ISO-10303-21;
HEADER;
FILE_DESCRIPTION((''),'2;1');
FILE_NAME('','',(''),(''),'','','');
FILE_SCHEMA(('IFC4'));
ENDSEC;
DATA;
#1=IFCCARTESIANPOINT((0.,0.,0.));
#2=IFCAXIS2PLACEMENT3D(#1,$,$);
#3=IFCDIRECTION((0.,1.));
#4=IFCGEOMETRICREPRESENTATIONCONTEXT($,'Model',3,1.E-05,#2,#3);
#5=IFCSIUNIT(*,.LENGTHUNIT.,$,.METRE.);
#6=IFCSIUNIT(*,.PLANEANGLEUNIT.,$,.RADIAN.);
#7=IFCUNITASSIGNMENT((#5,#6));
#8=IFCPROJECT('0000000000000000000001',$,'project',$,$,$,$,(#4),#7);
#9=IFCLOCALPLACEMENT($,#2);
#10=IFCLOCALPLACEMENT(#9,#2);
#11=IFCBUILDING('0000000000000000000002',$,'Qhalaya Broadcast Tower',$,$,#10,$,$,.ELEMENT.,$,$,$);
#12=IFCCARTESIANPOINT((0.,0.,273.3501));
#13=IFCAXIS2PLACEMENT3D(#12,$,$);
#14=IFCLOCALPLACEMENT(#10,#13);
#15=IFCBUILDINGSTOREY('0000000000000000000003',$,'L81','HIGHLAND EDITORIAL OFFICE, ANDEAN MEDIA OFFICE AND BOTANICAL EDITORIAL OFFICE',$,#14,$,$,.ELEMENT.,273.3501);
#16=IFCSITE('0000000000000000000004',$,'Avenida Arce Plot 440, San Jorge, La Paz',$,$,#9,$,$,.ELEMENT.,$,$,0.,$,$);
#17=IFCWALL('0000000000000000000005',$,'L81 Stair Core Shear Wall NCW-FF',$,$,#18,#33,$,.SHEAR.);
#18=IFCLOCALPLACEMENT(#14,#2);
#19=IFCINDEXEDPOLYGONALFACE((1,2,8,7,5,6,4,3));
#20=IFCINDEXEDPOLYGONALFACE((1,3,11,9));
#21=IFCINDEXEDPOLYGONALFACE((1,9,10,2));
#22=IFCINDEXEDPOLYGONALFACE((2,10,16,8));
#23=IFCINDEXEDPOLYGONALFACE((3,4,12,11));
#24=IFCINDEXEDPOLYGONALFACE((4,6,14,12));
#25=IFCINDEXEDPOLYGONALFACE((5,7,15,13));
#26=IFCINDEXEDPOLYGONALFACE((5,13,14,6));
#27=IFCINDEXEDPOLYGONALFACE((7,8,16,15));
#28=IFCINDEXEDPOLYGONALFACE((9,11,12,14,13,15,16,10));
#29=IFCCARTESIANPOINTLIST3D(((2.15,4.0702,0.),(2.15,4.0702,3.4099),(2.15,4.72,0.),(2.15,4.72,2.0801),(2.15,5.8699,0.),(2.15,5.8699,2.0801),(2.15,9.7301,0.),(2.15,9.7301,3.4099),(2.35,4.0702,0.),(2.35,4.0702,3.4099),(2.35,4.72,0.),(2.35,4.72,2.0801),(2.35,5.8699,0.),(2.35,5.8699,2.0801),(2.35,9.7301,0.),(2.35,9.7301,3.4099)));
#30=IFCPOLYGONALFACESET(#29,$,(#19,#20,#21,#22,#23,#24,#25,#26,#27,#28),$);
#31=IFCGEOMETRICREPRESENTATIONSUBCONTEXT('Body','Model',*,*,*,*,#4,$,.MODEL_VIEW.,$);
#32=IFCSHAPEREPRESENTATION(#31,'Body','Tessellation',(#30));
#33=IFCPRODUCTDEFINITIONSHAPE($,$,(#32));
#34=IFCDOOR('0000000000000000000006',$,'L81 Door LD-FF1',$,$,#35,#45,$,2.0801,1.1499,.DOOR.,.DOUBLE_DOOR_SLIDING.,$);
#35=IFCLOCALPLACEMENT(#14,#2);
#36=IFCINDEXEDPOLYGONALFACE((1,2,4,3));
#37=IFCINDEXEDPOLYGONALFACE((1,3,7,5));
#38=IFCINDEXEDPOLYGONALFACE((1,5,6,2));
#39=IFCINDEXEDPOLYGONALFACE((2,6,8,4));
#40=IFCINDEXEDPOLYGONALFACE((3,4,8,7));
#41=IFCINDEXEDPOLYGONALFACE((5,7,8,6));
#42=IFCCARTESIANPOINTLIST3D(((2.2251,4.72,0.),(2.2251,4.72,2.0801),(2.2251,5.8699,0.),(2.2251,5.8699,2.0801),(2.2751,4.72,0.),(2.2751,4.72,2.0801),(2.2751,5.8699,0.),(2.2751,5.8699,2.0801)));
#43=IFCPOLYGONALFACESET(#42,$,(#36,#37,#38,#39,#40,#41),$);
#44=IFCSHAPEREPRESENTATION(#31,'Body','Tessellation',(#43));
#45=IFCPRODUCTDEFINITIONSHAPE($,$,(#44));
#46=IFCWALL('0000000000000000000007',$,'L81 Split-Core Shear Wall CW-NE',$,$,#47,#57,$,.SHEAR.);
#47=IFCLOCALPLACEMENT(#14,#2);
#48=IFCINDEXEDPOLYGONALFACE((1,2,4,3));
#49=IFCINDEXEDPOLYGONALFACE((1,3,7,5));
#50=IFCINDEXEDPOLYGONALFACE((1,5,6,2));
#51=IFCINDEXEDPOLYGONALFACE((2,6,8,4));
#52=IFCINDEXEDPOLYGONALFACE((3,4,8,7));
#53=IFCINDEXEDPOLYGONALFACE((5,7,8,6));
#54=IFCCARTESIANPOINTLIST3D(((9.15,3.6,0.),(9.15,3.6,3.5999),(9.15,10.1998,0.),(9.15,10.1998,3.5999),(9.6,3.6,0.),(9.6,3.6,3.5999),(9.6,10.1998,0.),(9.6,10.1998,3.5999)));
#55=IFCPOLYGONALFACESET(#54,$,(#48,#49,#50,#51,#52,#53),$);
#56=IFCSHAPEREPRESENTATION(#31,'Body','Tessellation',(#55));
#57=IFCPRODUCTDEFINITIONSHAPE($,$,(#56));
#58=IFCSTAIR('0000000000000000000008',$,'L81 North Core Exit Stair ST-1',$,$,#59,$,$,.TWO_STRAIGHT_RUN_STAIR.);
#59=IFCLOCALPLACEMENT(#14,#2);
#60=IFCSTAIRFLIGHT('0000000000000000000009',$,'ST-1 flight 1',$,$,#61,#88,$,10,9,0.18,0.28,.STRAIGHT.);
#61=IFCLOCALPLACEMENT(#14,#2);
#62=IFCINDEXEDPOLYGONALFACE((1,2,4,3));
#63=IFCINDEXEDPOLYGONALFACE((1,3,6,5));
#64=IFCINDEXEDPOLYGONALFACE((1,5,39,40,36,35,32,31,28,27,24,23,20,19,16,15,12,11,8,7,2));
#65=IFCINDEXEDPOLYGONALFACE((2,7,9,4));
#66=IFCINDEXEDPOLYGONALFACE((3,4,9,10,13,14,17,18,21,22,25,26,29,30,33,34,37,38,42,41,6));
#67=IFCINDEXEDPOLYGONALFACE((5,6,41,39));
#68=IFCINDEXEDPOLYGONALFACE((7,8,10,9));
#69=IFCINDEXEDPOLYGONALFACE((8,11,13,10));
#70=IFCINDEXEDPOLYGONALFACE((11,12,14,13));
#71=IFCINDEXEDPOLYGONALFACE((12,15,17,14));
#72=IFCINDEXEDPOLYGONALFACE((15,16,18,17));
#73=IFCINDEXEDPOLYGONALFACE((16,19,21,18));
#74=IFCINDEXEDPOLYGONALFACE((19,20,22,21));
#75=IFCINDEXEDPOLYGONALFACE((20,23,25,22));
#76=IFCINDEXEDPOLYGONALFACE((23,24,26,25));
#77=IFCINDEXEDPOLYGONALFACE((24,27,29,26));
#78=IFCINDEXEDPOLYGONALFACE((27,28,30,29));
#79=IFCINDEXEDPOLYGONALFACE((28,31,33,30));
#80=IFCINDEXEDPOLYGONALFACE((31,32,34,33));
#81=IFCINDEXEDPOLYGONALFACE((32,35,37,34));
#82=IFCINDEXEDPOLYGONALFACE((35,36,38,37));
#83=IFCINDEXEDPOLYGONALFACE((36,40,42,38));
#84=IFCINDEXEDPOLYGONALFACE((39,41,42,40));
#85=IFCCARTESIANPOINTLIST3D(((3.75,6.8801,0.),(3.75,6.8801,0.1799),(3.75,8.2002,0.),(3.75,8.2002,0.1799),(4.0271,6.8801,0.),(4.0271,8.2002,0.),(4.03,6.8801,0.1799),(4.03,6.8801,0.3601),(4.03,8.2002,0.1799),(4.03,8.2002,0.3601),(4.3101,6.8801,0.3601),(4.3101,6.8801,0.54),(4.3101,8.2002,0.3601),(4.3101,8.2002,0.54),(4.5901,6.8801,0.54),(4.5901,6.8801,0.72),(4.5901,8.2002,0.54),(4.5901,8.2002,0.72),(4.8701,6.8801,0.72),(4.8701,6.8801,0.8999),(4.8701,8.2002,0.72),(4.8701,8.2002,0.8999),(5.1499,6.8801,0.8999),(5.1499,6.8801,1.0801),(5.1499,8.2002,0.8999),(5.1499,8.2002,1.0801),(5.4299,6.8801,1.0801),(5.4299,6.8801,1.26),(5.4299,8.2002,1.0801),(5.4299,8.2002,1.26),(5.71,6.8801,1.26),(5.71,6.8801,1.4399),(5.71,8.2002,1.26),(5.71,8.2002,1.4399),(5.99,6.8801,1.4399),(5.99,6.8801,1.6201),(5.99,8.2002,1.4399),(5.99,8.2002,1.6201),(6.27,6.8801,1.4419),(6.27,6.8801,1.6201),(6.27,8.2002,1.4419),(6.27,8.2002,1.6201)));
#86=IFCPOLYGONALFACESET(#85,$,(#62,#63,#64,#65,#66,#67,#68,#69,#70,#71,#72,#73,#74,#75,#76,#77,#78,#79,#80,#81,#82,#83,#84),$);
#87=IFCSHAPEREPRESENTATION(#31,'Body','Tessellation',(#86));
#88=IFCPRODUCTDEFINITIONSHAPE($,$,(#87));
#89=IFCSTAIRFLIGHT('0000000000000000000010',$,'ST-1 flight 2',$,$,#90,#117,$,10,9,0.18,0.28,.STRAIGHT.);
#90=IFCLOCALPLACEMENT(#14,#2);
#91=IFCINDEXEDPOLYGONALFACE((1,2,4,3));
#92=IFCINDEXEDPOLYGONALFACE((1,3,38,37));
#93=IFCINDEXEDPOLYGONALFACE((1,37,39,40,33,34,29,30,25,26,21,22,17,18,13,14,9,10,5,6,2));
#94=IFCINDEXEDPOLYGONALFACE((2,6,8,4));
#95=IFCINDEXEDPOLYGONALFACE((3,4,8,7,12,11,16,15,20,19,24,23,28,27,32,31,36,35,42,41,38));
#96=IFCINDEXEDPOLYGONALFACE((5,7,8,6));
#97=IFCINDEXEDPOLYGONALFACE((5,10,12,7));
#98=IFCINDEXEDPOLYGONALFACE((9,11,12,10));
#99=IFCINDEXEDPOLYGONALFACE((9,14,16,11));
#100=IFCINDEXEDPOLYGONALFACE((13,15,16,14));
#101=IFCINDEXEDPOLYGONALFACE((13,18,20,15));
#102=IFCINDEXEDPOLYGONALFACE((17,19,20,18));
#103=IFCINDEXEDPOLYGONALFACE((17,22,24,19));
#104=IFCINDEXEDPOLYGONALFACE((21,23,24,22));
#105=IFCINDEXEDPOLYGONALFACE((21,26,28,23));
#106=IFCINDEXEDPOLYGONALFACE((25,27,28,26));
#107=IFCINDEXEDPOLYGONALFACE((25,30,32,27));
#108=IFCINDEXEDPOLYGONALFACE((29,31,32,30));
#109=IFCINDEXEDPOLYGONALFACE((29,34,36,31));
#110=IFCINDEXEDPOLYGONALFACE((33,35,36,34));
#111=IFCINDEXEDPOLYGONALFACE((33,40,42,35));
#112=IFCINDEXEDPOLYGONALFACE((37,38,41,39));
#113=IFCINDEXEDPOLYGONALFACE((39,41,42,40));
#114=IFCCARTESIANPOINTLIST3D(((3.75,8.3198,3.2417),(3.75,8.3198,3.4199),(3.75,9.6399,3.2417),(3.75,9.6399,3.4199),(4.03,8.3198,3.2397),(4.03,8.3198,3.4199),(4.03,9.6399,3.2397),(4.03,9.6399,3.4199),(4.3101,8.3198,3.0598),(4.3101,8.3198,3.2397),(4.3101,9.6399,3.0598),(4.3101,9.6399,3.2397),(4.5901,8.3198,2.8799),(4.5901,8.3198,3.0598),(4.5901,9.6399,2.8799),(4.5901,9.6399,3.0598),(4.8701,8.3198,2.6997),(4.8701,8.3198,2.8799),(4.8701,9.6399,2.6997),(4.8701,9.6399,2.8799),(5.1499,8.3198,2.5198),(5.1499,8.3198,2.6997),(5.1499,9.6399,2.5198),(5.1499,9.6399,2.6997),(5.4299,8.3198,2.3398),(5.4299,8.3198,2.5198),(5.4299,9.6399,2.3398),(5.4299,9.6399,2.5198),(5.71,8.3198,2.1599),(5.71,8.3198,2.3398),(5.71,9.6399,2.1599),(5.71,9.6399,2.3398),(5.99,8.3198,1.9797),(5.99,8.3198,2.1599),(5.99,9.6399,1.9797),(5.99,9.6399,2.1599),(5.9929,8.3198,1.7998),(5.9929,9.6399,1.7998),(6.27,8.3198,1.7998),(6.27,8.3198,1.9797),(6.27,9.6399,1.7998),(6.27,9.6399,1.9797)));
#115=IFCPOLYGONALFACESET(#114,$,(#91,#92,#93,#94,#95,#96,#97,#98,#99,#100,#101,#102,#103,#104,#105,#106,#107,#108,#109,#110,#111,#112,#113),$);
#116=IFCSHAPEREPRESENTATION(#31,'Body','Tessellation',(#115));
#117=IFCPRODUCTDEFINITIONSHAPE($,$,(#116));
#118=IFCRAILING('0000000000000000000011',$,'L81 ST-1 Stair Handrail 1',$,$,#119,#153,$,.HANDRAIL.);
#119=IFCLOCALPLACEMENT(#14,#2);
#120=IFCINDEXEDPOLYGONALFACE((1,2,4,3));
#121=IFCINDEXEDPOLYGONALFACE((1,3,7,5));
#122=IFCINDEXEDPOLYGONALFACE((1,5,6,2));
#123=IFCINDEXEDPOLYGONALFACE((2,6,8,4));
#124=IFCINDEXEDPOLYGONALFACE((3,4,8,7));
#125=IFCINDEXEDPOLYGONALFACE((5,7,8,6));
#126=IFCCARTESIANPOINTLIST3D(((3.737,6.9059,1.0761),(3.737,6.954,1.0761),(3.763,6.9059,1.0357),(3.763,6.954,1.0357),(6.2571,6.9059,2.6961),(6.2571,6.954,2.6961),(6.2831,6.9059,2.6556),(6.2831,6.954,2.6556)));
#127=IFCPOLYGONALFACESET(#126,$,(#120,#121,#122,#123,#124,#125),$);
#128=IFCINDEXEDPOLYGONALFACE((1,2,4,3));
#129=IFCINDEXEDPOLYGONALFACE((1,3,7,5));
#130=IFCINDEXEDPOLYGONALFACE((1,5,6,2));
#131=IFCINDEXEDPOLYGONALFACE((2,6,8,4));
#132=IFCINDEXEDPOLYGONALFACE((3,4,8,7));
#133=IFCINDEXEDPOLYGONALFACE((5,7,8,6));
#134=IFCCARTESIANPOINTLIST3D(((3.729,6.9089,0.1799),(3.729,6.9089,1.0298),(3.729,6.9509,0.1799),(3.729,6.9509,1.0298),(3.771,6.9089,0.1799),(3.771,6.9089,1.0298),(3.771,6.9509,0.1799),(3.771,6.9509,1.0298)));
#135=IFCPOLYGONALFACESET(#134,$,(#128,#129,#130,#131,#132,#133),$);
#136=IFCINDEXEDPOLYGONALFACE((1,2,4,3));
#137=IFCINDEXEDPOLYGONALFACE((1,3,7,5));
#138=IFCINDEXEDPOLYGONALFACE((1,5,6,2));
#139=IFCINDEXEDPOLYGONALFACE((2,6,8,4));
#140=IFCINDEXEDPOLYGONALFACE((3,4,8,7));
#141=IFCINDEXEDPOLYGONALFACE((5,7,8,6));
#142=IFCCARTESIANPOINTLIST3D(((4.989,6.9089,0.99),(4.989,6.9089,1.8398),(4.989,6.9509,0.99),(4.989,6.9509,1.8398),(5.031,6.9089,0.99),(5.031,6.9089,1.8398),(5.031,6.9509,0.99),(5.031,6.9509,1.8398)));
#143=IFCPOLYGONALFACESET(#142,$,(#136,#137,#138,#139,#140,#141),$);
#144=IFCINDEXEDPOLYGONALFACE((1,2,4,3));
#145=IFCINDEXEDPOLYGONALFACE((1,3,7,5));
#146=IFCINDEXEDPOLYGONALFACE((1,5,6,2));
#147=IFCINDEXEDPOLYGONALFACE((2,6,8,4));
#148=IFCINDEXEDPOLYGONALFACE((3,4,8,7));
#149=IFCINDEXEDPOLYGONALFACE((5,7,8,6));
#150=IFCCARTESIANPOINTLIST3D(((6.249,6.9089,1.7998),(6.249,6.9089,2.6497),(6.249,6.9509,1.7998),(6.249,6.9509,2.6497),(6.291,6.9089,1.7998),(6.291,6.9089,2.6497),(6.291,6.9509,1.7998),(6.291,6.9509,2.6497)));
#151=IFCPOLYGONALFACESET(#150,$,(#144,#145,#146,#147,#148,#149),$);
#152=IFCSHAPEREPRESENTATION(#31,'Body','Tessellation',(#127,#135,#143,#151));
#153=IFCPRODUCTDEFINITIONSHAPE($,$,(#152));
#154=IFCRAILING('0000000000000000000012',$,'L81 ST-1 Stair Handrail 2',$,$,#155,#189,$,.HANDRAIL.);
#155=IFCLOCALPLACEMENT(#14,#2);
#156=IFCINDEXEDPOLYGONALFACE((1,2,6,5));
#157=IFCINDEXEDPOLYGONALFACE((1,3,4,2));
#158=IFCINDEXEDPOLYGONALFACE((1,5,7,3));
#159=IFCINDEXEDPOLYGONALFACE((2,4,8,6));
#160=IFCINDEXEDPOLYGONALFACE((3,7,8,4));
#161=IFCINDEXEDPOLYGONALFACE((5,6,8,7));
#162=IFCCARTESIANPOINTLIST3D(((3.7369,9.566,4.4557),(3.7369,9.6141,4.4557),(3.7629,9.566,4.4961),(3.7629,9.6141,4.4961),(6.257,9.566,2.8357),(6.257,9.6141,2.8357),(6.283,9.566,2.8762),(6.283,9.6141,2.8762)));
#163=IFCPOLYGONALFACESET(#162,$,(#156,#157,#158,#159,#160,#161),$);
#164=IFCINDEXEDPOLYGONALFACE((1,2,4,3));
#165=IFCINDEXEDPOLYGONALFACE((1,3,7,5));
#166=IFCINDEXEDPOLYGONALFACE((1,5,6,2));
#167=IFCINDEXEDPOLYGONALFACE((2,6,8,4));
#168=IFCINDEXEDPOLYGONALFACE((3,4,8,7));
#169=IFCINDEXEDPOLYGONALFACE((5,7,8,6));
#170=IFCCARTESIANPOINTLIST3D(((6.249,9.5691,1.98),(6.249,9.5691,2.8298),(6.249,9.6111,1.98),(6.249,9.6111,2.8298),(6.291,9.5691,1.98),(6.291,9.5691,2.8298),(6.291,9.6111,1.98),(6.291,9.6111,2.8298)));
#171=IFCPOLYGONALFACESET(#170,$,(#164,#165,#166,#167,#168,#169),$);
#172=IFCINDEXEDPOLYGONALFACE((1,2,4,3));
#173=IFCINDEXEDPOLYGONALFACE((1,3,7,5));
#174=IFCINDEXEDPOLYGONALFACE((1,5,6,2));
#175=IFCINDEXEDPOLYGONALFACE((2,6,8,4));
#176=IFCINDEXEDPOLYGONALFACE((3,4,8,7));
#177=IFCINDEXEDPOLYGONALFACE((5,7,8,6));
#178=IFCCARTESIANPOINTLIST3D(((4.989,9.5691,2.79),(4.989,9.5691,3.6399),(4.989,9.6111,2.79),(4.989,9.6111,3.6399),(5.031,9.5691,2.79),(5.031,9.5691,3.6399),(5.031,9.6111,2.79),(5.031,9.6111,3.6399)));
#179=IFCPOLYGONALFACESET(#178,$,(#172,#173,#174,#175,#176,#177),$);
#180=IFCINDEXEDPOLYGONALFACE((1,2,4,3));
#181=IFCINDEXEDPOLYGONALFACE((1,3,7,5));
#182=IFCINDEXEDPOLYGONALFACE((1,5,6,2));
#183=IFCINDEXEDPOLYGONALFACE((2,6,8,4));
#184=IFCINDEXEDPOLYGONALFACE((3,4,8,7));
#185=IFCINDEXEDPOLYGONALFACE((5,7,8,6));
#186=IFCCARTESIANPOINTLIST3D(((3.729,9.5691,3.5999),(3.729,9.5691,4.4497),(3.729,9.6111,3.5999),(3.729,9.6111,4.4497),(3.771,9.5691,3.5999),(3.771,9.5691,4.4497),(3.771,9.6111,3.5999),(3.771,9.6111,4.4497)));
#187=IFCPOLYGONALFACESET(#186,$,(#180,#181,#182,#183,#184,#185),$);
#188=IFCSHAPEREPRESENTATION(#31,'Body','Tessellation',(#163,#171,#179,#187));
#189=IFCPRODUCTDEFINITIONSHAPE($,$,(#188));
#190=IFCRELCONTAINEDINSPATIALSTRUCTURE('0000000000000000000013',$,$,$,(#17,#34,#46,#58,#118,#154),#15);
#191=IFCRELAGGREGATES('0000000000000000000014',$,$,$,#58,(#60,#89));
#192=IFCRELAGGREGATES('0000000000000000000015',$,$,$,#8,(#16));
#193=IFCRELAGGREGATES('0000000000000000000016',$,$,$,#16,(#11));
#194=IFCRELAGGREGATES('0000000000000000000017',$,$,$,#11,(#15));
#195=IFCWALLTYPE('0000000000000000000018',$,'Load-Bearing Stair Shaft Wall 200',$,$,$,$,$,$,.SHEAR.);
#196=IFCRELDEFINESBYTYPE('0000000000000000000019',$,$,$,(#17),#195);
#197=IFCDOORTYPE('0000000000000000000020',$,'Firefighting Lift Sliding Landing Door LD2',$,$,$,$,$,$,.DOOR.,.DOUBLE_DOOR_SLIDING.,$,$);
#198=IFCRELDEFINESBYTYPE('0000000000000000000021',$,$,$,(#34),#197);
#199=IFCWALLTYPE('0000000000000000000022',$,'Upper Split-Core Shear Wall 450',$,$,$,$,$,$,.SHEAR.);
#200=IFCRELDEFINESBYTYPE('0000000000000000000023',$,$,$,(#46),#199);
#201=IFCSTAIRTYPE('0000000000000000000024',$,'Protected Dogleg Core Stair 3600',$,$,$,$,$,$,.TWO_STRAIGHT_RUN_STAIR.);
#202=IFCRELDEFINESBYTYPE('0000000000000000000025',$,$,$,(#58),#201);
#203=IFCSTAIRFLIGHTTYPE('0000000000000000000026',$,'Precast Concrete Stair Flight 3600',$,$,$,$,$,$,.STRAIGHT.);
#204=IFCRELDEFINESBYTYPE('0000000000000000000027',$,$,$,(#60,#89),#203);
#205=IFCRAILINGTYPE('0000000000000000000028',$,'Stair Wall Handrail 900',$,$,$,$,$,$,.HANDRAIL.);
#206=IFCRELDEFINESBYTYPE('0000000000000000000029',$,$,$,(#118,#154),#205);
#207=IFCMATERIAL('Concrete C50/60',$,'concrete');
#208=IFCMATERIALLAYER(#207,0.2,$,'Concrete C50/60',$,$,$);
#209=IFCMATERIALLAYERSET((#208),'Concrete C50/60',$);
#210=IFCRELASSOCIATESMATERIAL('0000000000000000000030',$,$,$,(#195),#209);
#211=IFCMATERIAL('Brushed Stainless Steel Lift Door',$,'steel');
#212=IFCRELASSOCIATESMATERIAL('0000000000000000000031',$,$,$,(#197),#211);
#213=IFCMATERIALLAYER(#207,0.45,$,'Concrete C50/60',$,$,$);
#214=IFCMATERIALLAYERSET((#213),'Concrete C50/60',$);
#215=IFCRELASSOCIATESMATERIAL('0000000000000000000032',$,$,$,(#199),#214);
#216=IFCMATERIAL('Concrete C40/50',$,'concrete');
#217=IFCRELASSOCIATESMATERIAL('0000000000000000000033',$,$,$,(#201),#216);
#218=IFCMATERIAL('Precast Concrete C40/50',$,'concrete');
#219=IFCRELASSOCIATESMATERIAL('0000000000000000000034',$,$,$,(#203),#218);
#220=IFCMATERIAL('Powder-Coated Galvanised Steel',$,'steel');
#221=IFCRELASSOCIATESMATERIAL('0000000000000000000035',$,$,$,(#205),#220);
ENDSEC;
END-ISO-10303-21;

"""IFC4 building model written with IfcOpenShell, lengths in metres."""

from ifc_helpers import new_model, si_unit, direction, frame, frame_2d, origin, origin_2d, place, context, subcontext, project, spatial, polyline, rectangle, outline, extrude, material, layer, layer_set, type_object, element, fill, aggregate, save


model = new_model("IFC4")

# Units and contexts
model_context = context("Model", 3, precision=1e-05, world=origin(), true_north=direction((0.0, 1.0)))
body_context = subcontext(model_context, "Body", "Model", "MODEL_VIEW")
ifc_project = project(units=[si_unit("LENGTHUNIT", "METRE"), si_unit("PLANEANGLEUNIT", "RADIAN")], contexts=[model_context])

# Site, building, storey
site_placement = place(None, origin())
site = spatial("IfcSite", under=ifc_project, at=site_placement, Name="Avenida Arce Plot 440, San Jorge, La Paz", CompositionType="ELEMENT", RefElevation=0.0)
building_placement = place(site_placement, origin())
building = spatial("IfcBuilding", under=site, at=building_placement, Name="Qhalaya Broadcast Tower", CompositionType="ELEMENT")
storey_placement = place(building_placement, frame((0.0, 0.0, 273.3501)))
storey = spatial("IfcBuildingStorey", under=building, at=storey_placement, Name="L81", Description="HIGHLAND EDITORIAL OFFICE, ANDEAN MEDIA OFFICE AND BOTANICAL EDITORIAL OFFICE", CompositionType="ELEMENT", Elevation=273.3501)

# Shared definitions
ifc_material_1 = material(Name="Concrete C50/60", Category="concrete")

# Wall, opening, door
ifc_layer_1 = layer(ifc_material_1, 0.2, Name="Concrete C50/60")
ifc_layer_set_1 = layer_set([ifc_layer_1], Name="Concrete C50/60")
wall_type_1 = type_object("IfcWallType", Name="Load-Bearing Stair Shaft Wall 200", PredefinedType="SHEAR", material=ifc_layer_set_1)
wall_1_placement = place(storey_placement, frame((2.25, 4.0701, 0.0), z_axis=(0.0, 0.0, 1.0), x_axis=(0.0, 1.0, 0.0)))
wall_1 = element("IfcWall", 1, at=wall_1_placement, inside=storey, type_object=wall_type_1, Name="L81 Stair Core Shear Wall NCW-FF", PredefinedType="SHEAR", context=body_context, shape_type="SweptSolid", body=[
    extrude(rectangle(XDim=5.6599, YDim=0.2, at=frame_2d((2.8301, 0.0))), origin(), (0.0, 0.0, 1.0), 3.4099),
])
opening_1_placement = place(wall_1_placement, frame((0.6499, 0.0, 0.0)))
opening_1 = element("IfcOpeningElement", 2, at=opening_1_placement, cuts=wall_1, PredefinedType="OPENING", context=body_context, shape_type="SweptSolid", body=[
    extrude(rectangle(XDim=1.1499, YDim=2.0801, at=frame_2d((0.575, 1.04))), frame((0.0, 0.1121, 0.0), z_axis=(0.0, -1.0, 0.0), x_axis=(1.0, 0.0, 0.0)), (0.0, 0.0, 1.0), 0.2239),
])
ifc_material_2 = material(Name="Brushed Stainless Steel Lift Door", Category="steel")
door_type_1 = type_object("IfcDoorType", Name="Firefighting Lift Sliding Landing Door LD2", OperationType="DOUBLE_DOOR_SLIDING", PredefinedType="DOOR", material=ifc_material_2)
door_1_placement = place(opening_1_placement, origin())
door_1 = element("IfcDoor", 3, at=door_1_placement, inside=storey, type_object=door_type_1, Name="L81 Door LD-FF1", OperationType="DOUBLE_DOOR_SLIDING", OverallHeight=2.0801, OverallWidth=1.1499, PredefinedType="DOOR", context=body_context, shape_type="SweptSolid", body=[
    extrude(rectangle(XDim=1.1499, YDim=2.0801, at=frame_2d((0.575, 1.04))), frame((0.0, 0.0249, 0.0), z_axis=(0.0, -1.0, 0.0), x_axis=(1.0, 0.0, 0.0)), (0.0, 0.0, 1.0), 0.05),
])
fill(opening_1, door_1)

# Wall
ifc_layer_2 = layer(ifc_material_1, 0.45, Name="Concrete C50/60")
ifc_layer_set_2 = layer_set([ifc_layer_2], Name="Concrete C50/60")
wall_type_2 = type_object("IfcWallType", Name="Upper Split-Core Shear Wall 450", PredefinedType="SHEAR", material=ifc_layer_set_2)
wall_2_placement = place(storey_placement, frame((9.375, 3.6001, 0.0), z_axis=(0.0, 0.0, 1.0), x_axis=(0.0, 1.0, 0.0)))
element("IfcWall", 4, at=wall_2_placement, inside=storey, type_object=wall_type_2, Name="L81 Split-Core Shear Wall CW-NE", PredefinedType="SHEAR", context=body_context, shape_type="SweptSolid", body=[
    extrude(rectangle(XDim=6.5999, YDim=0.45, at=frame_2d((3.2998, 0.0))), origin(), (0.0, 0.0, 1.0), 3.5999),
])

# Stair, stair flights
ifc_material_3 = material(Name="Concrete C40/50", Category="concrete")
stair_type = type_object("IfcStairType", Name="Protected Dogleg Core Stair 3600", PredefinedType="TWO_STRAIGHT_RUN_STAIR", material=ifc_material_3)
stair_placement = place(storey_placement, origin())
stair = element("IfcStair", 5, at=stair_placement, inside=storey, type_object=stair_type, Name="L81 North Core Exit Stair ST-1", PredefinedType="TWO_STRAIGHT_RUN_STAIR")
ifc_material_4 = material(Name="Precast Concrete C40/50", Category="concrete")
stair_flight_type = type_object("IfcStairFlightType", Name="Precast Concrete Stair Flight 3600", PredefinedType="STRAIGHT", material=ifc_material_4)
stair_flight_1_placement = place(storey_placement, frame((3.75, 7.54, 0.0), z_axis=(0.0, 0.0, 1.0), x_axis=(1.0, 0.0, 0.0)))
stair_flight_1 = element("IfcStairFlight", 6, at=stair_flight_1_placement, type_object=stair_flight_type, Name="ST-1 flight 1", NumberOfRisers=10, NumberOfTreads=9, PredefinedType="STRAIGHT", RiserHeight=0.18, TreadLength=0.28, context=body_context, shape_type="SweptSolid", body=[
    extrude(outline(polyline([(0.0, 0.0), (0.0, 0.1799), (0.28, 0.1799), (0.28, 0.3601), (0.5601, 0.3601), (0.5601, 0.54), (0.8401, 0.54), (0.8401, 0.72), (1.1201, 0.72), (1.1201, 0.8999), (1.3999, 0.8999), (1.3999, 1.0801), (1.6799, 1.0801), (1.6799, 1.26), (1.96, 1.26), (1.96, 1.4399), (2.24, 1.4399), (2.24, 1.6201), (2.52, 1.6201), (2.52, 1.8), (2.52, 1.4419), (0.2771, 0.0), (0.0, 0.0)])), frame((0.0, 0.6602, 0.0), z_axis=(0.0, -1.0, 0.0), x_axis=(1.0, 0.0, 0.0)), (0.0, 0.0, 1.0), 1.3201),
])
stair_flight_2_placement = place(storey_placement, frame((6.27, 8.98, 1.7998), z_axis=(0.0, 0.0, 1.0), x_axis=(-1.0, 0.0, 0.0)))
stair_flight_2 = element("IfcStairFlight", 7, at=stair_flight_2_placement, type_object=stair_flight_type, Name="ST-1 flight 2", NumberOfRisers=10, NumberOfTreads=9, PredefinedType="STRAIGHT", RiserHeight=0.18, TreadLength=0.28, context=body_context, shape_type="SweptSolid", body=[
    extrude(outline(polyline([(0.0, 0.0), (0.0, 0.1799), (0.28, 0.1799), (0.28, 0.3601), (0.5601, 0.3601), (0.5601, 0.54), (0.8401, 0.54), (0.8401, 0.72), (1.1201, 0.72), (1.1201, 0.8999), (1.3999, 0.8999), (1.3999, 1.0801), (1.6799, 1.0801), (1.6799, 1.26), (1.96, 1.26), (1.96, 1.4399), (2.24, 1.4399), (2.24, 1.6201), (2.52, 1.6201), (2.52, 1.8), (2.52, 1.4419), (0.2771, 0.0), (0.0, 0.0)])), frame((0.0, 0.6602, 0.0), z_axis=(0.0, -1.0, 0.0), x_axis=(1.0, 0.0, 0.0)), (0.0, 0.0, 1.0), 1.3201),
])
aggregate(stair, [stair_flight_1, stair_flight_2])

# Railings
ifc_material_5 = material(Name="Powder-Coated Galvanised Steel", Category="steel")
railing_type_1 = type_object("IfcRailingType", Name="Stair Wall Handrail 900", PredefinedType="HANDRAIL", material=ifc_material_5)
railing_1_placement = place(storey_placement, frame((3.75, 6.9299, 0.1799)))
element("IfcRailing", 8, at=railing_1_placement, inside=storey, type_object=railing_type_1, Name="L81 ST-1 Stair Handrail 1", PredefinedType="HANDRAIL", context=body_context, shape_type="SweptSolid", body=[
    extrude(rectangle(XDim=0.0481, YDim=0.0481, at=origin_2d()), frame((0.0, 0.0, 0.876), z_axis=(0.8412, 0.0, 0.540725), x_axis=(0.0, 1.0, 0.0)), (0.0, 0.0, 1.0), 2.9958),
    extrude(rectangle(XDim=0.042, YDim=0.042, at=origin_2d()), origin(), (0.0, 0.0, 1.0), 0.8499),
    extrude(rectangle(XDim=0.042, YDim=0.042, at=origin_2d()), frame((1.26, 0.0, 0.8101)), (0.0, 0.0, 1.0), 0.8499),
    extrude(rectangle(XDim=0.042, YDim=0.042, at=origin_2d()), frame((2.52, 0.0, 1.6199)), (0.0, 0.0, 1.0), 0.8499),
])
railing_2_placement = place(storey_placement, frame((6.27, 9.5901, 1.98)))
element("IfcRailing", 9, at=railing_2_placement, inside=storey, type_object=railing_type_1, Name="L81 ST-1 Stair Handrail 2", PredefinedType="HANDRAIL", context=body_context, shape_type="SweptSolid", body=[
    extrude(rectangle(XDim=0.0481, YDim=0.0481, at=origin_2d()), frame((0.0, 0.0, 0.876), z_axis=(-0.8412, 0.0, 0.540725), x_axis=(0.0, -1.0, 0.0)), (0.0, 0.0, 1.0), 2.9958),
    extrude(rectangle(XDim=0.042, YDim=0.042, at=origin_2d()), origin(), (0.0, 0.0, 1.0), 0.8499),
    extrude(rectangle(XDim=0.042, YDim=0.042, at=origin_2d()), frame((-1.26, 0.0, 0.8101)), (0.0, 0.0, 1.0), 0.8499),
    extrude(rectangle(XDim=0.042, YDim=0.042, at=origin_2d()), frame((-2.52, 0.0, 1.6199)), (0.0, 0.0, 1.0), 0.8499),
])

save(model, "model.ifc")
